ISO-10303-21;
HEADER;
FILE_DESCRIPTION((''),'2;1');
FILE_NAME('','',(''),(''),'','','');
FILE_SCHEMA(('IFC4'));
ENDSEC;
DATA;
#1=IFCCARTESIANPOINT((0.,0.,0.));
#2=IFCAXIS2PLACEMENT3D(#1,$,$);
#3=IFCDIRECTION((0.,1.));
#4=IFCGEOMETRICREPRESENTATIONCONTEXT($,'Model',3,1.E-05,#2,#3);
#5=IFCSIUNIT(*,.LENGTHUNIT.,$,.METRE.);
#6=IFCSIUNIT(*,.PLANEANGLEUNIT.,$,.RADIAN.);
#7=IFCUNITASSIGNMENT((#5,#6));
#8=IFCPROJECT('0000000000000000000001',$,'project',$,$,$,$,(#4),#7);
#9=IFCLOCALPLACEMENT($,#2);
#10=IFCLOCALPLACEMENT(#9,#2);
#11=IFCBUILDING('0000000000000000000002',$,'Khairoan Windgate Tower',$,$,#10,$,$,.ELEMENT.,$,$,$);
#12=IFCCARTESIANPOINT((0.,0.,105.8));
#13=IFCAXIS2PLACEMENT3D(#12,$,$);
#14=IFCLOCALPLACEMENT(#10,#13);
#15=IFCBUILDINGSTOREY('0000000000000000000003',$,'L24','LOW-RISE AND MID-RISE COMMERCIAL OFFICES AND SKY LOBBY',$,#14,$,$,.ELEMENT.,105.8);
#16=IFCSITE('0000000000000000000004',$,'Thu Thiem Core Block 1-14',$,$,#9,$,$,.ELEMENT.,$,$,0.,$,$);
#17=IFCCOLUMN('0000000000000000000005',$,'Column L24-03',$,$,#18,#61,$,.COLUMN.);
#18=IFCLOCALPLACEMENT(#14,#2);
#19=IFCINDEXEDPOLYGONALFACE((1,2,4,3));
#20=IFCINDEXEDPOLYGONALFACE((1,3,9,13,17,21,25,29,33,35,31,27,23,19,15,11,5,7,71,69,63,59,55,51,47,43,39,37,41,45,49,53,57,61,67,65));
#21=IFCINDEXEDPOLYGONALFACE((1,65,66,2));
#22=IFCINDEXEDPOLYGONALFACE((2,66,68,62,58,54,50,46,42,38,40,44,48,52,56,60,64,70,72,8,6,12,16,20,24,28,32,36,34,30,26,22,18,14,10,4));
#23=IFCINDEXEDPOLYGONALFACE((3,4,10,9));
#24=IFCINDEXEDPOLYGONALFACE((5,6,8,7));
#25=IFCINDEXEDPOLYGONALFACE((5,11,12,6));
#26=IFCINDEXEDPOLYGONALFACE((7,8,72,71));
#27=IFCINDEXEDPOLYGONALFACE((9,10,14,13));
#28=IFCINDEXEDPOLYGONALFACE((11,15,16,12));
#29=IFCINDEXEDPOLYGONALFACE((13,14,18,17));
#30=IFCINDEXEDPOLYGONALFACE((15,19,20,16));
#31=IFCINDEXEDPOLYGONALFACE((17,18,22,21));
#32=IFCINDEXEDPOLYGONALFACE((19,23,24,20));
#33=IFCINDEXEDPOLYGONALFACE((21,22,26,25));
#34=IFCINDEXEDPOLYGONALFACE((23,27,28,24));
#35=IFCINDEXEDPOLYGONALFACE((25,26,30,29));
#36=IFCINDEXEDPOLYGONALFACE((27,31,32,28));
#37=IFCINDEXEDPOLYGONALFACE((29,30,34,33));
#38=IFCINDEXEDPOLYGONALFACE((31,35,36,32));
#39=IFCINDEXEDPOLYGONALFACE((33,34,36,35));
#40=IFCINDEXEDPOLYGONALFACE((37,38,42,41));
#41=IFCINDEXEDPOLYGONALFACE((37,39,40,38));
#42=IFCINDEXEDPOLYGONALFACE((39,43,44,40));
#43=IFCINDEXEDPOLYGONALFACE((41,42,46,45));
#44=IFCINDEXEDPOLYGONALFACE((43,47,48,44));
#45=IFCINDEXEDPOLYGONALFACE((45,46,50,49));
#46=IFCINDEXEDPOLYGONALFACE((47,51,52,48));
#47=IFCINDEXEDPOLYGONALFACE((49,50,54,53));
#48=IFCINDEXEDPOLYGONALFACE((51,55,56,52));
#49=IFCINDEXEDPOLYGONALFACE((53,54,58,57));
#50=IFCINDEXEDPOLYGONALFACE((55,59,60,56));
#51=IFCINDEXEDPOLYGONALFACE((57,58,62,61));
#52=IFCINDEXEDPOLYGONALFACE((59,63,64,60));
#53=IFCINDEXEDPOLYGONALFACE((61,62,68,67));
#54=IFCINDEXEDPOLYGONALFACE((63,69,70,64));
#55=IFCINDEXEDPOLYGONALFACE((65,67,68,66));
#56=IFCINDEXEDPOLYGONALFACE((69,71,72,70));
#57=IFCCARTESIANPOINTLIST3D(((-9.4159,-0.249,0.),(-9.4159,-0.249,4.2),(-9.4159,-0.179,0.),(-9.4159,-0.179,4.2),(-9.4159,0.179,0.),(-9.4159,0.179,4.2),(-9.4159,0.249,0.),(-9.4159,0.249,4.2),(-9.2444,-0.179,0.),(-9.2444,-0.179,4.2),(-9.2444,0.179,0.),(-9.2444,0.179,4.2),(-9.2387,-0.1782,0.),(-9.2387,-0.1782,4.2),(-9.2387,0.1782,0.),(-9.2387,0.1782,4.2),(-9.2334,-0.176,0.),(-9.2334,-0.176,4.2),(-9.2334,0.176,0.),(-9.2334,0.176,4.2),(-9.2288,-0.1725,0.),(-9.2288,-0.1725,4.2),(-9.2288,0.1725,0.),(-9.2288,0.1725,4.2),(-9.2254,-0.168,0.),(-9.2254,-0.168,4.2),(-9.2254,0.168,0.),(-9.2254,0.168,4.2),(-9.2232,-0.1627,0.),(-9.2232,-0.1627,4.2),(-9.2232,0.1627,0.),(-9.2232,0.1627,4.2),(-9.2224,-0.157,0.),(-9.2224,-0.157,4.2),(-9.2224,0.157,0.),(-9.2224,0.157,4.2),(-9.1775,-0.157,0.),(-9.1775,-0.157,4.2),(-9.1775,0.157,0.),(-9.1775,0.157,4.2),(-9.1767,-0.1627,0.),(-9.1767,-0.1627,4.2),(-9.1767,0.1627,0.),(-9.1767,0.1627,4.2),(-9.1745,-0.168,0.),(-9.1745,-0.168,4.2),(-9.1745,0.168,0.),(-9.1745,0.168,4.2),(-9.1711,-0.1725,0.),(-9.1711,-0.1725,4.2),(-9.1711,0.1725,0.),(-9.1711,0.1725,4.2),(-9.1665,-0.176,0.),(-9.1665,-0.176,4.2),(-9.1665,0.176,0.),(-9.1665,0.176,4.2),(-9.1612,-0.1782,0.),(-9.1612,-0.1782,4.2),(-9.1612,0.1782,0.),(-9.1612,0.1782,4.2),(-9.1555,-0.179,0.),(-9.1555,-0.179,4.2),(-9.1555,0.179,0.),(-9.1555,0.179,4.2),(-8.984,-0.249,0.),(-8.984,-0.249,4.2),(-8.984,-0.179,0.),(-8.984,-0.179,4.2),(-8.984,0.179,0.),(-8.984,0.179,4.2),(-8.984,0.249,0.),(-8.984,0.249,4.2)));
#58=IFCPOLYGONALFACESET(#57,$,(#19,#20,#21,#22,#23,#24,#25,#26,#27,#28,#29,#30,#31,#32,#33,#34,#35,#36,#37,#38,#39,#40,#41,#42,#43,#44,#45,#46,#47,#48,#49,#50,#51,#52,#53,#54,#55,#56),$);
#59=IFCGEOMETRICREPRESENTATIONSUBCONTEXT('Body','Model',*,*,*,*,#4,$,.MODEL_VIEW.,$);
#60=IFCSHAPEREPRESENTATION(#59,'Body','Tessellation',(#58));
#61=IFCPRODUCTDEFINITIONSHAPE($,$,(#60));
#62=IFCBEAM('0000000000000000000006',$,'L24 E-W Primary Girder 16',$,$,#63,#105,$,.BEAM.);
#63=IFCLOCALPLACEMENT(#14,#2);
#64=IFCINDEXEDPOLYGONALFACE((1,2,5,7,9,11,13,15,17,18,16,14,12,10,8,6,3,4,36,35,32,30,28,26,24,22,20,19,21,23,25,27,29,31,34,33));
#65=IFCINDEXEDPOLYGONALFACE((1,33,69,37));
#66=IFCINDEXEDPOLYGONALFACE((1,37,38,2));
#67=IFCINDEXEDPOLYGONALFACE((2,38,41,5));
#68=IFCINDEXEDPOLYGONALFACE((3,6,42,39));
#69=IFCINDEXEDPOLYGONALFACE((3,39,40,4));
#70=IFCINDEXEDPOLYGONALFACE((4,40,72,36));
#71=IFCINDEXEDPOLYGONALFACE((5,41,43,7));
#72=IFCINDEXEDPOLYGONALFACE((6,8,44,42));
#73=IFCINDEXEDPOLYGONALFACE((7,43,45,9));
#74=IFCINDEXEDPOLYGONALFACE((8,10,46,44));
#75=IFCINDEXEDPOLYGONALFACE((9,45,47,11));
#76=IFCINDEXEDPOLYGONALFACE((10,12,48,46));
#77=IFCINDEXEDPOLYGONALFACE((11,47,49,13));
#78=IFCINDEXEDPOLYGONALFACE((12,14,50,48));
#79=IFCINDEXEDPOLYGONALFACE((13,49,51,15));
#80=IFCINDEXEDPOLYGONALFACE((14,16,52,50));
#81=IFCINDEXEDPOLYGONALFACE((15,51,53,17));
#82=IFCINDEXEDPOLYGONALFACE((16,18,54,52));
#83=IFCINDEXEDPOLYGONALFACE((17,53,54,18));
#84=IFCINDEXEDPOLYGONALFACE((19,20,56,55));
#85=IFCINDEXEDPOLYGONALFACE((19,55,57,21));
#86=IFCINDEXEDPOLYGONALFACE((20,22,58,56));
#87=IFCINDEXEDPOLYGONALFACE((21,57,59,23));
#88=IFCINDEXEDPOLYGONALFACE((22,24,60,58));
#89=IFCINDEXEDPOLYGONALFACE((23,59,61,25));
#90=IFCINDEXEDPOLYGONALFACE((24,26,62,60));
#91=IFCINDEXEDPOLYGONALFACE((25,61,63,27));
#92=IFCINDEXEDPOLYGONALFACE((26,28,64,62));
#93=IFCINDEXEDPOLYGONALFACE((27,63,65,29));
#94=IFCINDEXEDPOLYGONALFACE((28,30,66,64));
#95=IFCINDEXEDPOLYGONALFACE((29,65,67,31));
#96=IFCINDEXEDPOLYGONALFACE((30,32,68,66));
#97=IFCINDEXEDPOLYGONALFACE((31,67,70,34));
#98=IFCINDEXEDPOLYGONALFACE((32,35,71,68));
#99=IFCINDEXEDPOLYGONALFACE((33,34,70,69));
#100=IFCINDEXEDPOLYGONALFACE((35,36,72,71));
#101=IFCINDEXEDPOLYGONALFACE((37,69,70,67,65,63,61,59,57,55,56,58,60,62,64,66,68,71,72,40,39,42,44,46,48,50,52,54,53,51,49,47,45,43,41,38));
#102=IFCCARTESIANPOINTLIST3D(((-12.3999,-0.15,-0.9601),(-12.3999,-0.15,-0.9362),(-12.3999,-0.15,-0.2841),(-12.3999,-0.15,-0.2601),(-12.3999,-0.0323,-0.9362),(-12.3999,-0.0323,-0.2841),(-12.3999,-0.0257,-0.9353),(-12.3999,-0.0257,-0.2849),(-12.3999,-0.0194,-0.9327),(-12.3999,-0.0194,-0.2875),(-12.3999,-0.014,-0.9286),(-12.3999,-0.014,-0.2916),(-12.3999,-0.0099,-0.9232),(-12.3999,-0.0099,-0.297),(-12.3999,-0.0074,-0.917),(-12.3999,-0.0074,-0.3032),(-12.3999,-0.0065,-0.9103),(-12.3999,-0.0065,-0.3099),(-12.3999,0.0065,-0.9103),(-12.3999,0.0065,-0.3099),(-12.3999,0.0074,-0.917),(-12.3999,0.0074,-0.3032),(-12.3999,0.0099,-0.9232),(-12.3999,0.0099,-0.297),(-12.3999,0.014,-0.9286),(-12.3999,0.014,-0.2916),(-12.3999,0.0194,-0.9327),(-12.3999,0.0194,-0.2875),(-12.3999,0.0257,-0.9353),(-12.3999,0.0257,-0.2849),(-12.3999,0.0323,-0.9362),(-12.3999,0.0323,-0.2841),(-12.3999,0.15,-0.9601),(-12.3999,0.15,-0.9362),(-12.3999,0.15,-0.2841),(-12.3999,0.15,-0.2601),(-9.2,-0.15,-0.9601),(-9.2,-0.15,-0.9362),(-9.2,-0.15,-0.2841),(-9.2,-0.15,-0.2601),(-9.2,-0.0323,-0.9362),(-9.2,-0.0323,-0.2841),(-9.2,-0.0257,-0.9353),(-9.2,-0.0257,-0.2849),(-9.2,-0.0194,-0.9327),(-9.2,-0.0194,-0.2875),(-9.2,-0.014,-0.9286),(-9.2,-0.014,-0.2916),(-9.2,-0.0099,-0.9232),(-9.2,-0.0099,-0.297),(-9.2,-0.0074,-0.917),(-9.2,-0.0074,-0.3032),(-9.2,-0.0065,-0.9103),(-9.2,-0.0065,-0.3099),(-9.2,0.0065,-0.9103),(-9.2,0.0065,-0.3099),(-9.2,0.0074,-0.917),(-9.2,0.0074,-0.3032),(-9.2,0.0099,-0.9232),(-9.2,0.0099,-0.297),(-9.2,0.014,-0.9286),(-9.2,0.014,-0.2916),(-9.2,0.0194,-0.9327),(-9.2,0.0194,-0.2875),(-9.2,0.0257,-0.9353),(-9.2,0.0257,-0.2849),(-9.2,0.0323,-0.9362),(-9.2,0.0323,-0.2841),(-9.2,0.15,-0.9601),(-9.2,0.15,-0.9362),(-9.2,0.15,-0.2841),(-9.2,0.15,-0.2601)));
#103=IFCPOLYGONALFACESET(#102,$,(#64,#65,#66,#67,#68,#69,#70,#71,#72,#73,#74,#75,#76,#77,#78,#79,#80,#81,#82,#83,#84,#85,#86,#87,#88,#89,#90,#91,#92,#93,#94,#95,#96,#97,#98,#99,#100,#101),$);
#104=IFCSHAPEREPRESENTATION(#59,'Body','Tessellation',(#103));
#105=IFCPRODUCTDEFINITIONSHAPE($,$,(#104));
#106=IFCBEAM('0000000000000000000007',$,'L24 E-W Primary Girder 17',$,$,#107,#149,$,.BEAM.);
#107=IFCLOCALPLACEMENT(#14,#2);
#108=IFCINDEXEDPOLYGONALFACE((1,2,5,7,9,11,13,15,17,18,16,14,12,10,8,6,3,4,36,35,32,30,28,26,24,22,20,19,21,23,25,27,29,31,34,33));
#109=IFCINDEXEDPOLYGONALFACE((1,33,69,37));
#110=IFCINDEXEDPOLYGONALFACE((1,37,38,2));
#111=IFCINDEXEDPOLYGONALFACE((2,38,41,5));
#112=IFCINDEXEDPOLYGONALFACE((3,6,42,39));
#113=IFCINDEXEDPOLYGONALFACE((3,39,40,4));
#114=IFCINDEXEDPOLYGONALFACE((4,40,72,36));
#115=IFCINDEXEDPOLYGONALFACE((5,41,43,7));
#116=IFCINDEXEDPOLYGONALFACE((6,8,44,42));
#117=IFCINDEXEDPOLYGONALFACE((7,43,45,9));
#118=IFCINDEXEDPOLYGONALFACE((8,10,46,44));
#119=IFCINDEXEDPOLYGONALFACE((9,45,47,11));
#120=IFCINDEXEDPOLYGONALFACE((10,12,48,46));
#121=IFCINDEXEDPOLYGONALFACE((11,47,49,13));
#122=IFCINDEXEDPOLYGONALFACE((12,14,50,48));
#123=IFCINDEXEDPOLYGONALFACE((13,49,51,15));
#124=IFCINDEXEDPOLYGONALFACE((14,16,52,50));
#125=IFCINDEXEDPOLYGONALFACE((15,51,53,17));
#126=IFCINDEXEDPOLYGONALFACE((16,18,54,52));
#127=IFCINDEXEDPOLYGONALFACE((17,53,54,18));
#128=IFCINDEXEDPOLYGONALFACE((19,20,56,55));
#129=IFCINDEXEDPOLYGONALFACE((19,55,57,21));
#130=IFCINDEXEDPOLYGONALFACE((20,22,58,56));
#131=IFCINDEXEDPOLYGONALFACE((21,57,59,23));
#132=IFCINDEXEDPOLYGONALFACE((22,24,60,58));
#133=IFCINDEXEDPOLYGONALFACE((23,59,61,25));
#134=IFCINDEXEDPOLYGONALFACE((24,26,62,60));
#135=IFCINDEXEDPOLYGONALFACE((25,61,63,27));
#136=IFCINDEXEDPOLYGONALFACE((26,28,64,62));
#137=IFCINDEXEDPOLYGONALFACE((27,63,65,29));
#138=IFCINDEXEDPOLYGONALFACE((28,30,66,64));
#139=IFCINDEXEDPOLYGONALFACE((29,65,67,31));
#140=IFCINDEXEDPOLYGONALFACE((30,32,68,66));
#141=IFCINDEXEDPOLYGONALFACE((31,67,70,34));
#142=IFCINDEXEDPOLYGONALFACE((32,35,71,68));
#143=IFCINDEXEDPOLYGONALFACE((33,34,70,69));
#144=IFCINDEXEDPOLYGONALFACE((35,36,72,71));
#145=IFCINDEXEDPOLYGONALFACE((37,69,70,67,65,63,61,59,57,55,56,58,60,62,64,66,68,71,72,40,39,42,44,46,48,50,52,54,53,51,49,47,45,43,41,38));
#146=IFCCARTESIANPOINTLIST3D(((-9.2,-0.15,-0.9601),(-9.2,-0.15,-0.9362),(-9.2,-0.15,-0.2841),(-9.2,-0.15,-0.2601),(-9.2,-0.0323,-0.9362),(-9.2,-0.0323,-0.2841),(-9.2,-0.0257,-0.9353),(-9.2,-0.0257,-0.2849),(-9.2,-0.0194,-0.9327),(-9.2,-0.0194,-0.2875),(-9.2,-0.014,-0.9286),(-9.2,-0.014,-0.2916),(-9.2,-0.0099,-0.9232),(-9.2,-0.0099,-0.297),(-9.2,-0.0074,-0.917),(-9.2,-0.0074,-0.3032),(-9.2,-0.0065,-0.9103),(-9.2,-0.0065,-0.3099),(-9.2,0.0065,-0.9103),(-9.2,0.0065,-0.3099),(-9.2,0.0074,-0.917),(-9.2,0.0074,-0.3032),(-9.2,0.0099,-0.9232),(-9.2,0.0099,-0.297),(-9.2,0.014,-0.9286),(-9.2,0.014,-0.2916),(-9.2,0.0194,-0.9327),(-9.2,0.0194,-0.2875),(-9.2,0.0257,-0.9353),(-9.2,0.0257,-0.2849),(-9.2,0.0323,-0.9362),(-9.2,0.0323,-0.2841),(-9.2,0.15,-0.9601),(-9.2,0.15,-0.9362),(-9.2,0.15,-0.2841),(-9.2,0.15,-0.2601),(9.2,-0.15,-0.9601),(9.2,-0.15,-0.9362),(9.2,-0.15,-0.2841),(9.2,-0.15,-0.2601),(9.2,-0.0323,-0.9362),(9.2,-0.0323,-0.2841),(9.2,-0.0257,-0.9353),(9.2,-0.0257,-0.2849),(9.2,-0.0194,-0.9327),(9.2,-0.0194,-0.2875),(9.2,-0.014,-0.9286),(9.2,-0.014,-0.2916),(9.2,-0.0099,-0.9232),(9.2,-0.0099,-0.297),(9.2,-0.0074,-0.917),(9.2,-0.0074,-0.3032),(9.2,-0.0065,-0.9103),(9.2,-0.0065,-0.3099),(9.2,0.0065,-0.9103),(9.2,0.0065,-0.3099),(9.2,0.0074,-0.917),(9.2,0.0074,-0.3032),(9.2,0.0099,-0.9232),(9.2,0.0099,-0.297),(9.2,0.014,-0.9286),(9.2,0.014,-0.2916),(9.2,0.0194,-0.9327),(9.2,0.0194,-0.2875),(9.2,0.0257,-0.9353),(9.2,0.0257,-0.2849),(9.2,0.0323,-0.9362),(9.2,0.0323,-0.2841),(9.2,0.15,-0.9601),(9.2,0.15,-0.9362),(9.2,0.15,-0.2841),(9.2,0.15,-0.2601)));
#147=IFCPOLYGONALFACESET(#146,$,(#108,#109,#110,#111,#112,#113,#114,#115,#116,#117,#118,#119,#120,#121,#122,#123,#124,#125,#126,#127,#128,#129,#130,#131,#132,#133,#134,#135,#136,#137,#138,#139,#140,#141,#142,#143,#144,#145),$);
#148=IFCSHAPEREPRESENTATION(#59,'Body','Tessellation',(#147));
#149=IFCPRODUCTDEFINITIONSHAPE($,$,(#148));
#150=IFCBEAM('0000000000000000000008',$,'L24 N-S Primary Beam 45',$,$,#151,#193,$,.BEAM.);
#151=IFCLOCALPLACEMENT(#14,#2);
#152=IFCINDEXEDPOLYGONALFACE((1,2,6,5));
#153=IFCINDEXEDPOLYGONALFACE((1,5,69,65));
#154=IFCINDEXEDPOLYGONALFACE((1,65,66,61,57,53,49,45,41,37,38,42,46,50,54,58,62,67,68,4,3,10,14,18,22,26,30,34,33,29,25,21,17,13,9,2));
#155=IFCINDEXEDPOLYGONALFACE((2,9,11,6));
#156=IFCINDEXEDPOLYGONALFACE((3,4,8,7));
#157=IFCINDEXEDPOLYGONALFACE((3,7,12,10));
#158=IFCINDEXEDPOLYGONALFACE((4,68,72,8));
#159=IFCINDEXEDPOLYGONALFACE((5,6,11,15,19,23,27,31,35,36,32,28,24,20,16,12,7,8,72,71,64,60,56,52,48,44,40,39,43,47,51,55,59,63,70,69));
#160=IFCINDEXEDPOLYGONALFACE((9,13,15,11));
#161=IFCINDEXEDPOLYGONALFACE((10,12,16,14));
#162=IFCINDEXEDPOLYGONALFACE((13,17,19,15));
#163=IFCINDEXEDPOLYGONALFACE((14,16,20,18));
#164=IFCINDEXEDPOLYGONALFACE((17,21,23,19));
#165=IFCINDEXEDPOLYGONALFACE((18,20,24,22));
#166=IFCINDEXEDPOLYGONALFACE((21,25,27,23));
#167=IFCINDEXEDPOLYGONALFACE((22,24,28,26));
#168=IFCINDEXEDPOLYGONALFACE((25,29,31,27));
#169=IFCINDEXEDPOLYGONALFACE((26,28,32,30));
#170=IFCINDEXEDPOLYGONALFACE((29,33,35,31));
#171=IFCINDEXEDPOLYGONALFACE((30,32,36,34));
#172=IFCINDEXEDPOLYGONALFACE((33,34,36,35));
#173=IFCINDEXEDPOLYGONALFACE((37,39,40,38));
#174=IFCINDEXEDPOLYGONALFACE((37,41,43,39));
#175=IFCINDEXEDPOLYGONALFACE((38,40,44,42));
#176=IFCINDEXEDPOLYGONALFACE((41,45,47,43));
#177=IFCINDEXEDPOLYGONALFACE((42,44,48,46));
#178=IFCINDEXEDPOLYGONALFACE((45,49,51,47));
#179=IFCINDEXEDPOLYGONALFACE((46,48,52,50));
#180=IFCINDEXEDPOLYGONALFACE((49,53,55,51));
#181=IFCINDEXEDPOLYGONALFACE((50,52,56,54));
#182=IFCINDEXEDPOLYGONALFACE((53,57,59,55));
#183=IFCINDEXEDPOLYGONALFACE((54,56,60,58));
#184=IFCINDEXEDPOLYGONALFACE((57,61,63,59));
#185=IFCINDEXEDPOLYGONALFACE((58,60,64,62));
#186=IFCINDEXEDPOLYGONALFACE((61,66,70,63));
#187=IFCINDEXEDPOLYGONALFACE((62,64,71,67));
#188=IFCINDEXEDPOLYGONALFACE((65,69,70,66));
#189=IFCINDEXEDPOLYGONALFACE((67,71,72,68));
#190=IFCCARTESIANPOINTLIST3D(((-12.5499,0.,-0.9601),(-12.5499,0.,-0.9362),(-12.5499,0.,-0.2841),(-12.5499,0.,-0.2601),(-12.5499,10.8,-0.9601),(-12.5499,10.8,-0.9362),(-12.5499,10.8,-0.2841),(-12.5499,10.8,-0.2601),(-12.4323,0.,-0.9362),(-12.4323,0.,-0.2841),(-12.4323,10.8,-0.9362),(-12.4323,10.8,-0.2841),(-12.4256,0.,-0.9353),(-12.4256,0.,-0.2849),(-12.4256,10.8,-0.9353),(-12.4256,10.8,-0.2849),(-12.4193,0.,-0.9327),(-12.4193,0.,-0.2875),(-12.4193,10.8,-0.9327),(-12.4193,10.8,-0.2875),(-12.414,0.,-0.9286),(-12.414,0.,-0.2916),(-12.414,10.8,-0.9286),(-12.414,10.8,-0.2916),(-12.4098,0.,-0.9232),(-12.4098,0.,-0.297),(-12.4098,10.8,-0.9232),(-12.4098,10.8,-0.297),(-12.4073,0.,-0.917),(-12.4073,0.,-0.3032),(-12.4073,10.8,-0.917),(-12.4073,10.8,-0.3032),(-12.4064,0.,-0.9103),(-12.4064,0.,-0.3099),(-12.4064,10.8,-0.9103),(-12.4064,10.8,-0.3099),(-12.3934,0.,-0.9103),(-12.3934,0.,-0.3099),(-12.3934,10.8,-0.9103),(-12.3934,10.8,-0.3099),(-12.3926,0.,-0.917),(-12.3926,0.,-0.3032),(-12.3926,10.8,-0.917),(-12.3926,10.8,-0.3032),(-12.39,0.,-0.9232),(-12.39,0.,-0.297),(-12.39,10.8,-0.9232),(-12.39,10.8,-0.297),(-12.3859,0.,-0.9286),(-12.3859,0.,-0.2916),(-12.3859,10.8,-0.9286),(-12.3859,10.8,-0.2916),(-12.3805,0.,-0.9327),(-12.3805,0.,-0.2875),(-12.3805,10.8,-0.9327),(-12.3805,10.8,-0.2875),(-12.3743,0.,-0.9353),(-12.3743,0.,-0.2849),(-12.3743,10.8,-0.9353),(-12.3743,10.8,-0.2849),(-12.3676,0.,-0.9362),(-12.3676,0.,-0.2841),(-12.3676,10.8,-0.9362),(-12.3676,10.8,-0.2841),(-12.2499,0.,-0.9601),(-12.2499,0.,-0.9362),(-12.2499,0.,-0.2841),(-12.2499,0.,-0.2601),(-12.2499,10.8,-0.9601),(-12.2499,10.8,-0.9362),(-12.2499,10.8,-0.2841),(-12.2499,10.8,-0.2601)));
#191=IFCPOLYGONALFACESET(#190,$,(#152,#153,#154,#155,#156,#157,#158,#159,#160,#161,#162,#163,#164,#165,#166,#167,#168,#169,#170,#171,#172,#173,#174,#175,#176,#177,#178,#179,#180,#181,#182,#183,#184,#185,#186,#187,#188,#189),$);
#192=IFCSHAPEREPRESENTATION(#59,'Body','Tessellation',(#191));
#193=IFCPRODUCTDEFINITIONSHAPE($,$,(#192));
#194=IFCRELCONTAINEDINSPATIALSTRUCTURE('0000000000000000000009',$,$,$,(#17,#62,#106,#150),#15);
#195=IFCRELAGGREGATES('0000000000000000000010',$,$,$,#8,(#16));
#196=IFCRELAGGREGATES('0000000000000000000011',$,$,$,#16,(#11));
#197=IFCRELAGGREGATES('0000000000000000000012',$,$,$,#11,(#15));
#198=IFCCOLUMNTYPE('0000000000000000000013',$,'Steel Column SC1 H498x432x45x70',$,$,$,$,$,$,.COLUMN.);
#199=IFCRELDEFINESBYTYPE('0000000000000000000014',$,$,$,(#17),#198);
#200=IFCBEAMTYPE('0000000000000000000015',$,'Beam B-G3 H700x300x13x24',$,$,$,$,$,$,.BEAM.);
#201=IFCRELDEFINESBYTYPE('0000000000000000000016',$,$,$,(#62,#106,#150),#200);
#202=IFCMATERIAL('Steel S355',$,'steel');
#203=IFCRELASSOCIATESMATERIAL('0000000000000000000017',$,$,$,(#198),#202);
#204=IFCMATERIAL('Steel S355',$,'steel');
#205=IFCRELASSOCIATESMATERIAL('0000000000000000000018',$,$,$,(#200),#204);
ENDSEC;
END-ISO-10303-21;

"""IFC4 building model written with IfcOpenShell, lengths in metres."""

from ifc_helpers import new_model, si_unit, direction, frame, origin, origin_2d, place, context, subcontext, project, spatial, i_section, extrude, material, material_profile, profile_set, type_object, element, save


model = new_model("IFC4")

# Units and contexts
model_context = context("Model", 3, precision=1e-05, world=origin(), true_north=direction((0.0, 1.0)))
body_context = subcontext(model_context, "Body", "Model", "MODEL_VIEW")
ifc_project = project(units=[si_unit("LENGTHUNIT", "METRE"), si_unit("PLANEANGLEUNIT", "RADIAN")], contexts=[model_context])

# Site, building, storey
site_placement = place(None, origin())
site = spatial("IfcSite", under=ifc_project, at=site_placement, Name="Thu Thiem Core Block 1-14", CompositionType="ELEMENT", RefElevation=0.0)
building_placement = place(site_placement, origin())
building = spatial("IfcBuilding", under=site, at=building_placement, Name="Khairoan Windgate Tower", CompositionType="ELEMENT")
storey_placement = place(building_placement, frame((0.0, 0.0, 105.8)))
storey = spatial("IfcBuildingStorey", under=building, at=storey_placement, Name="L24", Description="LOW-RISE AND MID-RISE COMMERCIAL OFFICES AND SKY LOBBY", CompositionType="ELEMENT", Elevation=105.8)

# Column
ifc_material_1 = material(Name="Steel S355", Category="steel")
ifc_material_profile_1 = material_profile(ifc_material_1, i_section(OverallWidth=0.4319, OverallDepth=0.498, WebThickness=0.0449, FlangeThickness=0.0701, FilletRadius=0.022, at=origin_2d()))
ifc_profile_set_1 = profile_set([ifc_material_profile_1], Name="Steel S355")
column_type = type_object("IfcColumnType", Name="Steel Column SC1 H498x432x45x70", PredefinedType="COLUMN", material=ifc_profile_set_1)
column_placement = place(storey_placement, frame((-9.2, 0.0, 0.0), z_axis=(0.0, 0.0, 1.0), x_axis=(1.0, 0.0, 0.0)))
element("IfcColumn", 1, at=column_placement, inside=storey, type_object=column_type, Name="Column L24-03", PredefinedType="COLUMN", context=body_context, shape_type="SweptSolid", body=[
    extrude(i_section(OverallWidth=0.4319, OverallDepth=0.498, WebThickness=0.0449, FlangeThickness=0.0701, FilletRadius=0.022, at=origin_2d()), origin(), (0.0, 0.0, 1.0), 4.2),
])

# Beams
ifc_material_2 = material(Name="Steel S355", Category="steel")
ifc_material_profile_2 = material_profile(ifc_material_2, i_section(OverallWidth=0.3, OverallDepth=0.7, WebThickness=0.0129, FlangeThickness=0.0239, FilletRadius=0.0259, at=origin_2d()))
ifc_profile_set_2 = profile_set([ifc_material_profile_2], Name="Steel S355")
beam_type = type_object("IfcBeamType", Name="Beam B-G3 H700x300x13x24", PredefinedType="BEAM", material=ifc_profile_set_2)
beam_1_placement = place(storey_placement, frame((-12.3999, 0.0, -0.6101), z_axis=(1.0, 0.0, 0.0), x_axis=(0.0, 1.0, 0.0)))
element("IfcBeam", 2, at=beam_1_placement, inside=storey, type_object=beam_type, Name="L24 E-W Primary Girder 16", PredefinedType="BEAM", context=body_context, shape_type="SweptSolid", body=[
    extrude(i_section(OverallWidth=0.3, OverallDepth=0.7, WebThickness=0.0129, FlangeThickness=0.0239, FilletRadius=0.0259, at=origin_2d()), origin(), (0.0, 0.0, 1.0), 3.2),
])
beam_2_placement = place(storey_placement, frame((-9.2, 0.0, -0.6101), z_axis=(1.0, 0.0, 0.0), x_axis=(0.0, 1.0, 0.0)))
element("IfcBeam", 3, at=beam_2_placement, inside=storey, type_object=beam_type, Name="L24 E-W Primary Girder 17", PredefinedType="BEAM", context=body_context, shape_type="SweptSolid", body=[
    extrude(i_section(OverallWidth=0.3, OverallDepth=0.7, WebThickness=0.0129, FlangeThickness=0.0239, FilletRadius=0.0259, at=origin_2d()), origin(), (0.0, 0.0, 1.0), 18.3999),
])
for number, where, z_axis, x_axis, name in (
    (4, (-12.3999, 0.0, -0.6101), (0.0, 1.0, 0.0), (-1.0, 0.0, 0.0), "L24 N-S Primary Beam 45"),
):
    element("IfcBeam", number, at=place(storey_placement, frame(where, z_axis=z_axis, x_axis=x_axis)), inside=storey, type_object=beam_type, Name=name, PredefinedType="BEAM", context=body_context, shape_type="SweptSolid", body=[
        extrude(i_section(OverallWidth=0.3, OverallDepth=0.7, WebThickness=0.0129, FlangeThickness=0.0239, FilletRadius=0.0259, at=origin_2d()), origin(), (0.0, 0.0, 1.0), 10.8),
    ])

save(model, "model.ifc")
